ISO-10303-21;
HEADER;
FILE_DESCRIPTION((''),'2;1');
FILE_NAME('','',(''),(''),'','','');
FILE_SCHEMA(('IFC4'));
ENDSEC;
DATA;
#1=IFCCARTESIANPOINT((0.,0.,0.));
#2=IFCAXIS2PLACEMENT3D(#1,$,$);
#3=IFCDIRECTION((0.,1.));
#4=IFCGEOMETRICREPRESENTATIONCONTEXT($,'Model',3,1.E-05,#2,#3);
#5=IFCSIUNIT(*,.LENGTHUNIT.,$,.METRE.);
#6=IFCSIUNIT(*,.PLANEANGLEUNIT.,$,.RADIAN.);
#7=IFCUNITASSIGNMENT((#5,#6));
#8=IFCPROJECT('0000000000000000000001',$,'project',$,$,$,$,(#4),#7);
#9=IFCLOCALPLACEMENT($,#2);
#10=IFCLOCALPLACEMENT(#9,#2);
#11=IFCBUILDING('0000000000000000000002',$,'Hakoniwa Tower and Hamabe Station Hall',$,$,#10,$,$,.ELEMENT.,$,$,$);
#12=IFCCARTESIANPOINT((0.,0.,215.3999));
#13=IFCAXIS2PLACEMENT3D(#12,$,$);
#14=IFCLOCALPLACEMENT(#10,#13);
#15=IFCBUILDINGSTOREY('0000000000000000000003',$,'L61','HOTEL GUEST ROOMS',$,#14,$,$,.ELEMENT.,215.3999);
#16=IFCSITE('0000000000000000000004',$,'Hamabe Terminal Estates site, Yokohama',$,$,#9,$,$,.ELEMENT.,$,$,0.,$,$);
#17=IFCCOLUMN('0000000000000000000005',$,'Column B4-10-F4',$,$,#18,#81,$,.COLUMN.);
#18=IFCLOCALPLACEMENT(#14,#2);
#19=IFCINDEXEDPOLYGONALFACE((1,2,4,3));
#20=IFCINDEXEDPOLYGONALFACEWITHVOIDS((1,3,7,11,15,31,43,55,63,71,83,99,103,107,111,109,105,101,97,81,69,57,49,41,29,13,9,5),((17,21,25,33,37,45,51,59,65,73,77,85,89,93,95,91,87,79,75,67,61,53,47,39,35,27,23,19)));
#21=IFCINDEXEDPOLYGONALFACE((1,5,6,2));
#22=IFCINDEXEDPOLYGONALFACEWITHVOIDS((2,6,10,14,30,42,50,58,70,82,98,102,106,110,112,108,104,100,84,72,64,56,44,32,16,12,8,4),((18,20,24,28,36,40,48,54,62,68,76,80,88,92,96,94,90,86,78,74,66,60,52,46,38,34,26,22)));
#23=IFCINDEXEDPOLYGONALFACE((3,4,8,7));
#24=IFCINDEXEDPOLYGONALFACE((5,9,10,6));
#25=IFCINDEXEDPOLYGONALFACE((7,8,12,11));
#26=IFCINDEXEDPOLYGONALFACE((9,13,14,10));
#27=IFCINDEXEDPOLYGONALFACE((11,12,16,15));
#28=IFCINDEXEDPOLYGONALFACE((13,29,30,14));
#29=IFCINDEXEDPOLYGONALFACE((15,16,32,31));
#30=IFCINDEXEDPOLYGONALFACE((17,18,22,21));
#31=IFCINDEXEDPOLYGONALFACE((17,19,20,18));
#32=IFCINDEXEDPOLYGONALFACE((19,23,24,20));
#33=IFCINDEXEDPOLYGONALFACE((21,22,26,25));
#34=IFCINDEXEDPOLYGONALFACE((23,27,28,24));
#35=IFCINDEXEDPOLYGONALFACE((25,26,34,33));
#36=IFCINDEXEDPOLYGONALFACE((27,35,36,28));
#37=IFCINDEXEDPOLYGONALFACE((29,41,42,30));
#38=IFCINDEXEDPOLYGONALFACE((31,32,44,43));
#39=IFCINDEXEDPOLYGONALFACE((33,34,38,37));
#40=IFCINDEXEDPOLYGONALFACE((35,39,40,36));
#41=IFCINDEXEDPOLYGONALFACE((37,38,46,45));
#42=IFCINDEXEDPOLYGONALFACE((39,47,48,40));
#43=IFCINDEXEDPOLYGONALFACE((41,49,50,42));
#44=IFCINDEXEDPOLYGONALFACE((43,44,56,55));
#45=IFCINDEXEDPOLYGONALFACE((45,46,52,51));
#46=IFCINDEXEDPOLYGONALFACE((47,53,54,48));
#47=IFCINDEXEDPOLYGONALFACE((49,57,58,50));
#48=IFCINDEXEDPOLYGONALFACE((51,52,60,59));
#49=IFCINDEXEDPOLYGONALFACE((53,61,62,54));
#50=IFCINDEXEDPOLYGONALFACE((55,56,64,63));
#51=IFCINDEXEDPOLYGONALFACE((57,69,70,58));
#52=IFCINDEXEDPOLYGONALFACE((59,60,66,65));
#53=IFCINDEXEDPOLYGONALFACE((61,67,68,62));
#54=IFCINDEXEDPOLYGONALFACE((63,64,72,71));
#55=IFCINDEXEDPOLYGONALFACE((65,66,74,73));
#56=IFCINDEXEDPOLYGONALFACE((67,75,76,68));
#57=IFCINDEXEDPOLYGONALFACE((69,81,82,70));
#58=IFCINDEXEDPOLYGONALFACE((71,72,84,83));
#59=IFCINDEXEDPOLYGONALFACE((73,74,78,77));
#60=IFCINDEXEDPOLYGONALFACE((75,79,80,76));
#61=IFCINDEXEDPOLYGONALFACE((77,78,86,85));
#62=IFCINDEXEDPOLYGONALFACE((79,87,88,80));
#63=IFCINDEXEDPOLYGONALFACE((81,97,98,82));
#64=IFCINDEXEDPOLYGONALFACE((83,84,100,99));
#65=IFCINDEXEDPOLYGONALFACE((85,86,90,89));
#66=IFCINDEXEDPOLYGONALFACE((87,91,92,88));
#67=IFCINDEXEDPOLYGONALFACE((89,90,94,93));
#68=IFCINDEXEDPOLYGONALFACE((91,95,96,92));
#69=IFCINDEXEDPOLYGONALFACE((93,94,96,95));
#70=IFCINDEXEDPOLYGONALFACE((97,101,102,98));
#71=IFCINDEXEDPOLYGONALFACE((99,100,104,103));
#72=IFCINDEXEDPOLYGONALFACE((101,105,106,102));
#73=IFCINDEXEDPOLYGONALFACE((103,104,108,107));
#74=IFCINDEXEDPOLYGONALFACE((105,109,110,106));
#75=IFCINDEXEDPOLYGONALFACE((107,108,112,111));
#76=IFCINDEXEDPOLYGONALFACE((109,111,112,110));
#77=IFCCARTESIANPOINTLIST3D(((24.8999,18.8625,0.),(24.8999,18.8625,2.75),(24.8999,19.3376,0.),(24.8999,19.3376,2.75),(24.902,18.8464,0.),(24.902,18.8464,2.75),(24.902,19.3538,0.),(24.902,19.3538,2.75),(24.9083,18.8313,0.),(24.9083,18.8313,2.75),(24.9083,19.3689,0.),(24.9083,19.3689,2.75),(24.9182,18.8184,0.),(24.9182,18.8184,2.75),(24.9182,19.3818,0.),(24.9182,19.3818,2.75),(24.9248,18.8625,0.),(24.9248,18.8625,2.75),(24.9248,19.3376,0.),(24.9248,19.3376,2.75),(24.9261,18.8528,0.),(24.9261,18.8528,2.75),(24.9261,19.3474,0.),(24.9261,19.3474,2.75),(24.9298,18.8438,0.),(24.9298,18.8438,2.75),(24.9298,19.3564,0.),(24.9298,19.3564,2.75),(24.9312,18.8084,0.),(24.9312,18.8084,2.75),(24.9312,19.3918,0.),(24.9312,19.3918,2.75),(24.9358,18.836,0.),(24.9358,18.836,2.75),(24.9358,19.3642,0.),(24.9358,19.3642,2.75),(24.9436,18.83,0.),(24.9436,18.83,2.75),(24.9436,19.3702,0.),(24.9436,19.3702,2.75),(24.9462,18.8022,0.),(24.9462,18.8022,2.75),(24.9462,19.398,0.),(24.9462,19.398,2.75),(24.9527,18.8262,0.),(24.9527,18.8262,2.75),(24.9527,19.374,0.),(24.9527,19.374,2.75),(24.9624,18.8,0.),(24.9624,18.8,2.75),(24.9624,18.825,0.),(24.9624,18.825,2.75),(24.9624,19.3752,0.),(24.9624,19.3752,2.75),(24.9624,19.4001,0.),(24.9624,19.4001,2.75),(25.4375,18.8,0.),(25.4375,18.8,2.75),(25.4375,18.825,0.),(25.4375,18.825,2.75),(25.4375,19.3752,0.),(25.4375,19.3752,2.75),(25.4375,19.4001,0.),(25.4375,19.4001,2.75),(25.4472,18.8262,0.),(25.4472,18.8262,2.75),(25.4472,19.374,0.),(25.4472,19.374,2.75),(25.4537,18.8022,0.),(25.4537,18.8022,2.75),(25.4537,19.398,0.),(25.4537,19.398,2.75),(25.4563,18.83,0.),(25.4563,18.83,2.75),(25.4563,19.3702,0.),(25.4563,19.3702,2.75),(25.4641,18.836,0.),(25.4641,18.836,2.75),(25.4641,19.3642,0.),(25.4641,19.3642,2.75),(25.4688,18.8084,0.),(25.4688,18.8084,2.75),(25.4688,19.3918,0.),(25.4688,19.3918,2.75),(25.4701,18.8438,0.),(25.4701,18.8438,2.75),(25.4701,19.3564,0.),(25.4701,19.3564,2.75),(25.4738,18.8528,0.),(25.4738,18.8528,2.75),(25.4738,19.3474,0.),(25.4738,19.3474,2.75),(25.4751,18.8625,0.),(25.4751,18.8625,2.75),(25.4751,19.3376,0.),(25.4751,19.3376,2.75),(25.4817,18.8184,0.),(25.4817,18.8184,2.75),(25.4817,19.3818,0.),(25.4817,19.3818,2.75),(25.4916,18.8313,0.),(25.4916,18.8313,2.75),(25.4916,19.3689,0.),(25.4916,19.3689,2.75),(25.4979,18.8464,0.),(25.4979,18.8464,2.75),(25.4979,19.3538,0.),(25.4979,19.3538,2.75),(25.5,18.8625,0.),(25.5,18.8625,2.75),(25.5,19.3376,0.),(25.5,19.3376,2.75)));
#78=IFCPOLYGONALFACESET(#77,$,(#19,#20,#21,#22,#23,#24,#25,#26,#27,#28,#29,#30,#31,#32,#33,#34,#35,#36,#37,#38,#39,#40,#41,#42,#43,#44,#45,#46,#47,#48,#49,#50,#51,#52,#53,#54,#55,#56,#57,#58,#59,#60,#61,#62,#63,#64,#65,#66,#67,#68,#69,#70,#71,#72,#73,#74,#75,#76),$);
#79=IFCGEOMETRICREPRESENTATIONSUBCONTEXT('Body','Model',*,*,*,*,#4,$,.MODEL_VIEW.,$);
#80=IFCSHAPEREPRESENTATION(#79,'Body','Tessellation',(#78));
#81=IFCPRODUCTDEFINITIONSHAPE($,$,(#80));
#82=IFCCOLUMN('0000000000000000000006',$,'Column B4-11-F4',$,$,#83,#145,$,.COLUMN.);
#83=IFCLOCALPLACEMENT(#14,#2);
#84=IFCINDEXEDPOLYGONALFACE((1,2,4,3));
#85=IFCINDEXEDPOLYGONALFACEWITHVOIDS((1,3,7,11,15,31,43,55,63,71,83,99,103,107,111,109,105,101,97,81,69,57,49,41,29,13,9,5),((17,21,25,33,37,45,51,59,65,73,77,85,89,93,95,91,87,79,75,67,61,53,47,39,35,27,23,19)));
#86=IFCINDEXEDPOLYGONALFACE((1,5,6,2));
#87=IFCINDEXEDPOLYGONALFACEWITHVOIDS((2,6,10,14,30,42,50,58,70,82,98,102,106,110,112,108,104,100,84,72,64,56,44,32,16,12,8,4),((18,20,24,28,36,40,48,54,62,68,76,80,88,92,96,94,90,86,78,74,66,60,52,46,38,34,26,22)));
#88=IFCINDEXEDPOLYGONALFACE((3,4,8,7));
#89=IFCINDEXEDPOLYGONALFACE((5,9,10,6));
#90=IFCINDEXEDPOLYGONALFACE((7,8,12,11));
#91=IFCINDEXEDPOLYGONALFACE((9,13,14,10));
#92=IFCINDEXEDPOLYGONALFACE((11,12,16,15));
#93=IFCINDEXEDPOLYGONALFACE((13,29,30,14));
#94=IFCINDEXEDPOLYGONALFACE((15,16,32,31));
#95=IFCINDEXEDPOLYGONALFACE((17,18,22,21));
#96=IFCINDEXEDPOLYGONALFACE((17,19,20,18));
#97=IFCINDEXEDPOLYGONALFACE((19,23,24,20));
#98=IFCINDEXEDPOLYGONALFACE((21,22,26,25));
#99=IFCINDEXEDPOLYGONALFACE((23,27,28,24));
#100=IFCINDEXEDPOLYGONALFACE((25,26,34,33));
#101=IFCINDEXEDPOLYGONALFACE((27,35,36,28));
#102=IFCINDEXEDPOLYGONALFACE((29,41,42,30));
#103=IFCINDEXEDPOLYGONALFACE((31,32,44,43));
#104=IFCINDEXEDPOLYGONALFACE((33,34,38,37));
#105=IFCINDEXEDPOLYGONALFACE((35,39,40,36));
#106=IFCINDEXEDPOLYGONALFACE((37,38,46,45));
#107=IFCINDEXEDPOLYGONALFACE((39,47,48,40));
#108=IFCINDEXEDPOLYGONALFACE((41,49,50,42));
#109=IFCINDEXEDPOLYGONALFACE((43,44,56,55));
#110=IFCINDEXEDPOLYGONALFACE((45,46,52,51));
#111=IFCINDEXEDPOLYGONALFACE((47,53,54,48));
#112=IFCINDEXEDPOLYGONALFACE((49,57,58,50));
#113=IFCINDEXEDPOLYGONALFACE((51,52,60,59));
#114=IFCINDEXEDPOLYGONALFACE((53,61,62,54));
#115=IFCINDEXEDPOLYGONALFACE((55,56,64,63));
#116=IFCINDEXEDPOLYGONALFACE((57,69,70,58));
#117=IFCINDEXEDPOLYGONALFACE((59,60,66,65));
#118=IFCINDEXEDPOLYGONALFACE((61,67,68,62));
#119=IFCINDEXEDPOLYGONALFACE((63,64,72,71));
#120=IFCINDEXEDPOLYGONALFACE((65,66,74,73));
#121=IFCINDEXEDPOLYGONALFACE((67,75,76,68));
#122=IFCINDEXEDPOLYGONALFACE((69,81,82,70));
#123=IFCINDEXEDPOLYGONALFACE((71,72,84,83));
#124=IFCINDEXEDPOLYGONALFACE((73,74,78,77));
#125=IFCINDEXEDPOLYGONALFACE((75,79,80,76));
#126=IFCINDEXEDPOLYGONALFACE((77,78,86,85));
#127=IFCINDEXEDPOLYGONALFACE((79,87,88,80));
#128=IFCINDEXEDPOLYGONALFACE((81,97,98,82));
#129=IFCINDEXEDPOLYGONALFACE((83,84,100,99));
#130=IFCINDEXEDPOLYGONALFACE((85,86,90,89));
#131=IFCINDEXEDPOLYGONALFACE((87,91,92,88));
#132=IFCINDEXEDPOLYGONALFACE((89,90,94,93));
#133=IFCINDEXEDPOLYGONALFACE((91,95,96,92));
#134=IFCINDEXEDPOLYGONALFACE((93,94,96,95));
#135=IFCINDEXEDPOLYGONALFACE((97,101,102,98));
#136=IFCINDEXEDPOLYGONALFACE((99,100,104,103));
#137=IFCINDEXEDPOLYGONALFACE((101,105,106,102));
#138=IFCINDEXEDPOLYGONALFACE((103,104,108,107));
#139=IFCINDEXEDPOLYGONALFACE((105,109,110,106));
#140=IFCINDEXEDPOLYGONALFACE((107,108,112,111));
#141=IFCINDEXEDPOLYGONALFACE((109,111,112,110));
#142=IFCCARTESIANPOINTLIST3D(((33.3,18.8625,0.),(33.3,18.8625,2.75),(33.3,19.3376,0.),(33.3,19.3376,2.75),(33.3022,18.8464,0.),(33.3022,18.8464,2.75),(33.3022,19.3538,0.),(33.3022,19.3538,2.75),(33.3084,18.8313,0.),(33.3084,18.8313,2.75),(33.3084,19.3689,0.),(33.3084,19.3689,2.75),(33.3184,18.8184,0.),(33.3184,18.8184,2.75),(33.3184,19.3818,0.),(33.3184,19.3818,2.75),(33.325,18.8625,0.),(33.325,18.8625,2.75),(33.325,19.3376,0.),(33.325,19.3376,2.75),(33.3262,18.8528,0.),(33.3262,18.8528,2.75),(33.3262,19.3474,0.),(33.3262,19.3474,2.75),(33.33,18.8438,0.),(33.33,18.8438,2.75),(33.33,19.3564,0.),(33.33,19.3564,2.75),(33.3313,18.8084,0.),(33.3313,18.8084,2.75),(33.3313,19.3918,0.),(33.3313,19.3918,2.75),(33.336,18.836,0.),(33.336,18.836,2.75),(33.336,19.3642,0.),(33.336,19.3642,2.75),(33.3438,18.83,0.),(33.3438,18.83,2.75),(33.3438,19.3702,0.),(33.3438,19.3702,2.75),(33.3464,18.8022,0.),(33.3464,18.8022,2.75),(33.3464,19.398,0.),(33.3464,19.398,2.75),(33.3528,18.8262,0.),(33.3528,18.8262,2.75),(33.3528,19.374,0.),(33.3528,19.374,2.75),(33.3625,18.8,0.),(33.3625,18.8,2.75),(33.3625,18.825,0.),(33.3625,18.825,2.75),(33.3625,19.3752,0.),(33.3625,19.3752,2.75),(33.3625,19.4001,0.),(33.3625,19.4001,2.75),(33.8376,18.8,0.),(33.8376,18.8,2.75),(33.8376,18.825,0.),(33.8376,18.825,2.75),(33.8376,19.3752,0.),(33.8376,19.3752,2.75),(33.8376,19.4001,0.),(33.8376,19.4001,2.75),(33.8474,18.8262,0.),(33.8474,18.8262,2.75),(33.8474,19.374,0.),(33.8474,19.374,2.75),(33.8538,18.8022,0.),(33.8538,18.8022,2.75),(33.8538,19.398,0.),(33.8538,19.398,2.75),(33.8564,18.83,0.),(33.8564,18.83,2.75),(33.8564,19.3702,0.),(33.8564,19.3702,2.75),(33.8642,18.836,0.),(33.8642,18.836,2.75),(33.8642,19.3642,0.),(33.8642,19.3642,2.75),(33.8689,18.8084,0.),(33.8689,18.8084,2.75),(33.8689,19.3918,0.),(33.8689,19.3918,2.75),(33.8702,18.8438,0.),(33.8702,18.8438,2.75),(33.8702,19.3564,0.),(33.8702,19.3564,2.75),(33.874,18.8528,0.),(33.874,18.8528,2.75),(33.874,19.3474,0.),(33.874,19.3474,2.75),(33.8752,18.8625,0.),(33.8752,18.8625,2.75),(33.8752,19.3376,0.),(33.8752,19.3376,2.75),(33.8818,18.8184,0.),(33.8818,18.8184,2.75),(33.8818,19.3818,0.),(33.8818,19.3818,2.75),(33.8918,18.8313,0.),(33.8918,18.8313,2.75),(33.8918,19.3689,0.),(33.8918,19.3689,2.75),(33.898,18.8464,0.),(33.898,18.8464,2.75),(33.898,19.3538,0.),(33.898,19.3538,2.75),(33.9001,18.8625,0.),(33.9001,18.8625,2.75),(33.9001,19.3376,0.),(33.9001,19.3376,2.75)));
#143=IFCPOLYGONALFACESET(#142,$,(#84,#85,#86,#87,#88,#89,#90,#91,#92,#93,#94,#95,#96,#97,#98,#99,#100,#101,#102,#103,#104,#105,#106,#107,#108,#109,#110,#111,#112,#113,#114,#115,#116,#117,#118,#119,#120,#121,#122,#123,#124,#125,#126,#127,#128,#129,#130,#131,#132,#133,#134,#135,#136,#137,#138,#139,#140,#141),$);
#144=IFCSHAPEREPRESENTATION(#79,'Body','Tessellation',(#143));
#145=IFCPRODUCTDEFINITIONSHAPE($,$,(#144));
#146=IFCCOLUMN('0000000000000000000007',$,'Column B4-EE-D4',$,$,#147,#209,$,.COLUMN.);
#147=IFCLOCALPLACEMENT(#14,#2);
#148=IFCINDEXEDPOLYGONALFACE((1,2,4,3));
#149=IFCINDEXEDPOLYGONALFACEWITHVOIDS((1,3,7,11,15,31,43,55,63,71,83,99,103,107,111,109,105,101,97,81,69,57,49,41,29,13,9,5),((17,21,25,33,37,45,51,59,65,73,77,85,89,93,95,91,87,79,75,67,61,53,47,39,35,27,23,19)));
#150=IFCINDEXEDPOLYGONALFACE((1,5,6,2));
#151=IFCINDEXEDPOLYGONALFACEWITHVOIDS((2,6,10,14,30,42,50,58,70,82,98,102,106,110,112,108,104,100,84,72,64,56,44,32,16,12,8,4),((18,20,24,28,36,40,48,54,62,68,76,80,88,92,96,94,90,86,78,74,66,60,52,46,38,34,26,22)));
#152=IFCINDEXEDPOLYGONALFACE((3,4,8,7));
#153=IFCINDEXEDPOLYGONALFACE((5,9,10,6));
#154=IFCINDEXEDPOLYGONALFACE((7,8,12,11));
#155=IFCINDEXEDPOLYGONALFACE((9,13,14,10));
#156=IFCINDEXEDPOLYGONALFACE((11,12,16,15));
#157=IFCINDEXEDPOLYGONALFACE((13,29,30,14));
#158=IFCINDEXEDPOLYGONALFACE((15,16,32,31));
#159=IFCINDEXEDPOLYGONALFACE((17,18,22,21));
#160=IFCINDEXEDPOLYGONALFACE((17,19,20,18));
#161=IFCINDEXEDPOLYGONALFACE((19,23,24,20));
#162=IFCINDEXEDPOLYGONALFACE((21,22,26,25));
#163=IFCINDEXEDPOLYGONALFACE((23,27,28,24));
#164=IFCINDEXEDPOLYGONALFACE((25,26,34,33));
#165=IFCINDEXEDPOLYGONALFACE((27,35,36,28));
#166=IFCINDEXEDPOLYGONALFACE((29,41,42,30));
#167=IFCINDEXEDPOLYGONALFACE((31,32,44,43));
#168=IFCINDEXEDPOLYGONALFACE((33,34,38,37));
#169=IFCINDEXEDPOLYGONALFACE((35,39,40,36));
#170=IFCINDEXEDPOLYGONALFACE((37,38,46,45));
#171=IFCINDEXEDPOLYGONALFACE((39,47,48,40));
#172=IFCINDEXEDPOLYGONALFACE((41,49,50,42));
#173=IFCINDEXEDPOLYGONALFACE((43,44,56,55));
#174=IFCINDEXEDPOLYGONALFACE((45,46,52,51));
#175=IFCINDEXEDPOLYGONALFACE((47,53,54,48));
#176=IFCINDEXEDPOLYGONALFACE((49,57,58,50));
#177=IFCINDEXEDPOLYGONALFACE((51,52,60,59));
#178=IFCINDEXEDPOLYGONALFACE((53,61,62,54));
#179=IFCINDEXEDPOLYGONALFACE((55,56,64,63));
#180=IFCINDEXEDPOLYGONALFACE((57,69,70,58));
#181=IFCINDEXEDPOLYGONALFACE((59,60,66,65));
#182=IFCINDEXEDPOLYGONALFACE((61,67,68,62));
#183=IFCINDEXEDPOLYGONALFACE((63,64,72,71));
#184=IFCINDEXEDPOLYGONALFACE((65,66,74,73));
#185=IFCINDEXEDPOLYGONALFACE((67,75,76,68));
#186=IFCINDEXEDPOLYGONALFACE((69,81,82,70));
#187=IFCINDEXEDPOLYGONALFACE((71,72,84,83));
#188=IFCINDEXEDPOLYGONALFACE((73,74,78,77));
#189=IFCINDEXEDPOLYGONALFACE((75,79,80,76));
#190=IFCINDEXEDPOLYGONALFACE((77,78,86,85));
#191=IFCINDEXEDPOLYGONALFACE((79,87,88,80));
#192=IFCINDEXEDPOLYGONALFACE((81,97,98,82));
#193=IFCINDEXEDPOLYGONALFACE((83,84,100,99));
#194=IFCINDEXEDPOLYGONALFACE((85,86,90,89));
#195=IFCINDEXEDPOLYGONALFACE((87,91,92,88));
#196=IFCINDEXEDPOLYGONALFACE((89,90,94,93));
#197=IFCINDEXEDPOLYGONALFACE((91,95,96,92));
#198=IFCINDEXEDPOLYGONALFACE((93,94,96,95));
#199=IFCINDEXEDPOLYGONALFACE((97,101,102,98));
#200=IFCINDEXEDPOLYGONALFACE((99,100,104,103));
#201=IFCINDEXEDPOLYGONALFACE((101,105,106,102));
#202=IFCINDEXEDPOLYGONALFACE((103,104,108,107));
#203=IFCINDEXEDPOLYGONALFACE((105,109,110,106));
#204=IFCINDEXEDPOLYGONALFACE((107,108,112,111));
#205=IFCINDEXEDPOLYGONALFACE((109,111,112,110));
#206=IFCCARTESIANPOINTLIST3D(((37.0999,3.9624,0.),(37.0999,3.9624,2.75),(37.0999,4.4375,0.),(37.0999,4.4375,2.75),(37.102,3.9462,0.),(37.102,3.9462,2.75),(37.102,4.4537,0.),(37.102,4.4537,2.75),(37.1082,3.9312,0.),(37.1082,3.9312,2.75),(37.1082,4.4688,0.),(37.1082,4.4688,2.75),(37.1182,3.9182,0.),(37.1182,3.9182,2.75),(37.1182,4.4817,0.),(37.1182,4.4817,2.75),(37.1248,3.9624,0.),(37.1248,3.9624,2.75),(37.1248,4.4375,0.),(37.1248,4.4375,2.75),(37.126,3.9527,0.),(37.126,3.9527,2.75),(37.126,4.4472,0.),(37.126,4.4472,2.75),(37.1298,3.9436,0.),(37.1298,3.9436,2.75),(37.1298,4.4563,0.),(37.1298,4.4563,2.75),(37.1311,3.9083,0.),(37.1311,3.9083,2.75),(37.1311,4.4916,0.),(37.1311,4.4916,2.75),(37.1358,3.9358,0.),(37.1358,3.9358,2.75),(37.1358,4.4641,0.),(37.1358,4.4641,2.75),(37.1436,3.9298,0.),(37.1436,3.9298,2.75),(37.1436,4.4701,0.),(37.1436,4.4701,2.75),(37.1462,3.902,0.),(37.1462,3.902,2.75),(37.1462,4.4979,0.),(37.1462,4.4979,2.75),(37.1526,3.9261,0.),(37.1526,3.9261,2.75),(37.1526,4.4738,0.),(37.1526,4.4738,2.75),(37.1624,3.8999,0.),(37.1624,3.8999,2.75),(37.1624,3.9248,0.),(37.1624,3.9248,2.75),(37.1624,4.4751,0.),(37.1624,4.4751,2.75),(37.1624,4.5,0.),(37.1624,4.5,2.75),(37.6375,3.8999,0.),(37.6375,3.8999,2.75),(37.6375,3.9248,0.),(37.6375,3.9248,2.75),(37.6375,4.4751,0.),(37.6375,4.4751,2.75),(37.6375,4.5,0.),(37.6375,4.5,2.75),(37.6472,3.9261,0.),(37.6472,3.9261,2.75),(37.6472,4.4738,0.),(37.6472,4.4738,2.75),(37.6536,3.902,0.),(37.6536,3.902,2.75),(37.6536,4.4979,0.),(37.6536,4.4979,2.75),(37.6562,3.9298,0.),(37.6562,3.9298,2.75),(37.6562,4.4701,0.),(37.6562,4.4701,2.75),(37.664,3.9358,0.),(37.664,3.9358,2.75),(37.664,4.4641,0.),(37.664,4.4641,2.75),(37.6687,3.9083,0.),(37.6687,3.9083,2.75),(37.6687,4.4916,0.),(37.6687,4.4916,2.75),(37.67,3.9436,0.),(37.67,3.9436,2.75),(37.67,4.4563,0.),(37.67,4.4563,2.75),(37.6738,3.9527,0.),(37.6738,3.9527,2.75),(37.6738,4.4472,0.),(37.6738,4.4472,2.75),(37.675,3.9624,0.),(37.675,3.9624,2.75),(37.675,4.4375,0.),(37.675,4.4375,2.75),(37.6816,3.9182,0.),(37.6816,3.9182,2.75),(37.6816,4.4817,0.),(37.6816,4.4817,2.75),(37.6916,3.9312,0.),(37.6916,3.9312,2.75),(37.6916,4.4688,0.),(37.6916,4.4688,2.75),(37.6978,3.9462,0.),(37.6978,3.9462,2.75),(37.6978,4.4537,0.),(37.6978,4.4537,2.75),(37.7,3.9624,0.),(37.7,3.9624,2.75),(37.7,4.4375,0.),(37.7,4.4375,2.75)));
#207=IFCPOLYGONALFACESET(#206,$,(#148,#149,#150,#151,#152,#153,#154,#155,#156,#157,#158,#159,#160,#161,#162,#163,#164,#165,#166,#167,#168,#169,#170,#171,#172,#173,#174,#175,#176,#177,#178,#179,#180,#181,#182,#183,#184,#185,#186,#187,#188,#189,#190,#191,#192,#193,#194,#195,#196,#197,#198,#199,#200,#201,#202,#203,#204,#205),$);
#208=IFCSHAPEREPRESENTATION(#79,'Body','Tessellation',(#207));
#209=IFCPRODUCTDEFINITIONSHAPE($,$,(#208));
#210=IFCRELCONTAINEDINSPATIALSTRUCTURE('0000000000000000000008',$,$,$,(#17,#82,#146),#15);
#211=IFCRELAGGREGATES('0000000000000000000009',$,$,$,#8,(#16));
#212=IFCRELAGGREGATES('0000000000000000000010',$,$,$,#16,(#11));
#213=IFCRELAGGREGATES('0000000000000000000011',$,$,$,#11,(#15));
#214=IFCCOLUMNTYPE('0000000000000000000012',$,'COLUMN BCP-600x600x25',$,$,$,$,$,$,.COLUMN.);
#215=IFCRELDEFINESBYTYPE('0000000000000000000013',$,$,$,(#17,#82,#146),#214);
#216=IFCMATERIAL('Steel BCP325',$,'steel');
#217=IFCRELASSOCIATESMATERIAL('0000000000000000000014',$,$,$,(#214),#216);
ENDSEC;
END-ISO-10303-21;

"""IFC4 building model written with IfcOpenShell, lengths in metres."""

from ifc_helpers import new_model, si_unit, direction, frame, origin, origin_2d, place, context, subcontext, project, spatial, hollow_rectangle, extrude, material, material_profile, profile_set, type_object, element, save


model = new_model("IFC4")

# Units and contexts
model_context = context("Model", 3, precision=1e-05, world=origin(), true_north=direction((0.0, 1.0)))
body_context = subcontext(model_context, "Body", "Model", "MODEL_VIEW")
ifc_project = project(units=[si_unit("LENGTHUNIT", "METRE"), si_unit("PLANEANGLEUNIT", "RADIAN")], contexts=[model_context])

# Site, building, storey
site_placement = place(None, origin())
site = spatial("IfcSite", under=ifc_project, at=site_placement, Name="Hamabe Terminal Estates site, Yokohama", CompositionType="ELEMENT", RefElevation=0.0)
building_placement = place(site_placement, origin())
building = spatial("IfcBuilding", under=site, at=building_placement, Name="Hakoniwa Tower and Hamabe Station Hall", CompositionType="ELEMENT")
storey_placement = place(building_placement, frame((0.0, 0.0, 215.3999)))
storey = spatial("IfcBuildingStorey", under=building, at=storey_placement, Name="L61", Description="HOTEL GUEST ROOMS", CompositionType="ELEMENT", Elevation=215.3999)

# Columns
ifc_material_1 = material(Name="Steel BCP325", Category="steel")
ifc_material_profile_1 = material_profile(ifc_material_1, hollow_rectangle(XDim=0.6001, YDim=0.6001, WallThickness=0.0249, InnerFilletRadius=0.0376, OuterFilletRadius=0.0625, at=origin_2d()), Name="BCP-600x600x25")
ifc_profile_set_1 = profile_set([ifc_material_profile_1], Name="Steel BCP325")
column_type = type_object("IfcColumnType", Name="COLUMN BCP-600x600x25", PredefinedType="COLUMN", material=ifc_profile_set_1)
for number, where, z_axis, x_axis, name in (
    (1, (25.2, 19.1001, 0.0), (0.0, 0.0, 1.0), (1.0, 0.0, 0.0), "Column B4-10-F4"),
    (2, (33.6001, 19.1001, 0.0), (0.0, 0.0, 1.0), (1.0, 0.0, 0.0), "Column B4-11-F4"),
    (3, (37.3999, 4.2, 0.0), (0.0, 0.0, 1.0), (1.0, 0.0, 0.0), "Column B4-EE-D4"),
):
    element("IfcColumn", number, at=place(storey_placement, frame(where, z_axis=z_axis, x_axis=x_axis)), inside=storey, type_object=column_type, Name=name, PredefinedType="COLUMN", context=body_context, shape_type="SweptSolid", body=[
        extrude(hollow_rectangle(XDim=0.6001, YDim=0.6001, WallThickness=0.0249, InnerFilletRadius=0.0376, OuterFilletRadius=0.0625, at=origin_2d()), origin(), (0.0, 0.0, 1.0), 2.75),
    ])

save(model, "model.ifc")
